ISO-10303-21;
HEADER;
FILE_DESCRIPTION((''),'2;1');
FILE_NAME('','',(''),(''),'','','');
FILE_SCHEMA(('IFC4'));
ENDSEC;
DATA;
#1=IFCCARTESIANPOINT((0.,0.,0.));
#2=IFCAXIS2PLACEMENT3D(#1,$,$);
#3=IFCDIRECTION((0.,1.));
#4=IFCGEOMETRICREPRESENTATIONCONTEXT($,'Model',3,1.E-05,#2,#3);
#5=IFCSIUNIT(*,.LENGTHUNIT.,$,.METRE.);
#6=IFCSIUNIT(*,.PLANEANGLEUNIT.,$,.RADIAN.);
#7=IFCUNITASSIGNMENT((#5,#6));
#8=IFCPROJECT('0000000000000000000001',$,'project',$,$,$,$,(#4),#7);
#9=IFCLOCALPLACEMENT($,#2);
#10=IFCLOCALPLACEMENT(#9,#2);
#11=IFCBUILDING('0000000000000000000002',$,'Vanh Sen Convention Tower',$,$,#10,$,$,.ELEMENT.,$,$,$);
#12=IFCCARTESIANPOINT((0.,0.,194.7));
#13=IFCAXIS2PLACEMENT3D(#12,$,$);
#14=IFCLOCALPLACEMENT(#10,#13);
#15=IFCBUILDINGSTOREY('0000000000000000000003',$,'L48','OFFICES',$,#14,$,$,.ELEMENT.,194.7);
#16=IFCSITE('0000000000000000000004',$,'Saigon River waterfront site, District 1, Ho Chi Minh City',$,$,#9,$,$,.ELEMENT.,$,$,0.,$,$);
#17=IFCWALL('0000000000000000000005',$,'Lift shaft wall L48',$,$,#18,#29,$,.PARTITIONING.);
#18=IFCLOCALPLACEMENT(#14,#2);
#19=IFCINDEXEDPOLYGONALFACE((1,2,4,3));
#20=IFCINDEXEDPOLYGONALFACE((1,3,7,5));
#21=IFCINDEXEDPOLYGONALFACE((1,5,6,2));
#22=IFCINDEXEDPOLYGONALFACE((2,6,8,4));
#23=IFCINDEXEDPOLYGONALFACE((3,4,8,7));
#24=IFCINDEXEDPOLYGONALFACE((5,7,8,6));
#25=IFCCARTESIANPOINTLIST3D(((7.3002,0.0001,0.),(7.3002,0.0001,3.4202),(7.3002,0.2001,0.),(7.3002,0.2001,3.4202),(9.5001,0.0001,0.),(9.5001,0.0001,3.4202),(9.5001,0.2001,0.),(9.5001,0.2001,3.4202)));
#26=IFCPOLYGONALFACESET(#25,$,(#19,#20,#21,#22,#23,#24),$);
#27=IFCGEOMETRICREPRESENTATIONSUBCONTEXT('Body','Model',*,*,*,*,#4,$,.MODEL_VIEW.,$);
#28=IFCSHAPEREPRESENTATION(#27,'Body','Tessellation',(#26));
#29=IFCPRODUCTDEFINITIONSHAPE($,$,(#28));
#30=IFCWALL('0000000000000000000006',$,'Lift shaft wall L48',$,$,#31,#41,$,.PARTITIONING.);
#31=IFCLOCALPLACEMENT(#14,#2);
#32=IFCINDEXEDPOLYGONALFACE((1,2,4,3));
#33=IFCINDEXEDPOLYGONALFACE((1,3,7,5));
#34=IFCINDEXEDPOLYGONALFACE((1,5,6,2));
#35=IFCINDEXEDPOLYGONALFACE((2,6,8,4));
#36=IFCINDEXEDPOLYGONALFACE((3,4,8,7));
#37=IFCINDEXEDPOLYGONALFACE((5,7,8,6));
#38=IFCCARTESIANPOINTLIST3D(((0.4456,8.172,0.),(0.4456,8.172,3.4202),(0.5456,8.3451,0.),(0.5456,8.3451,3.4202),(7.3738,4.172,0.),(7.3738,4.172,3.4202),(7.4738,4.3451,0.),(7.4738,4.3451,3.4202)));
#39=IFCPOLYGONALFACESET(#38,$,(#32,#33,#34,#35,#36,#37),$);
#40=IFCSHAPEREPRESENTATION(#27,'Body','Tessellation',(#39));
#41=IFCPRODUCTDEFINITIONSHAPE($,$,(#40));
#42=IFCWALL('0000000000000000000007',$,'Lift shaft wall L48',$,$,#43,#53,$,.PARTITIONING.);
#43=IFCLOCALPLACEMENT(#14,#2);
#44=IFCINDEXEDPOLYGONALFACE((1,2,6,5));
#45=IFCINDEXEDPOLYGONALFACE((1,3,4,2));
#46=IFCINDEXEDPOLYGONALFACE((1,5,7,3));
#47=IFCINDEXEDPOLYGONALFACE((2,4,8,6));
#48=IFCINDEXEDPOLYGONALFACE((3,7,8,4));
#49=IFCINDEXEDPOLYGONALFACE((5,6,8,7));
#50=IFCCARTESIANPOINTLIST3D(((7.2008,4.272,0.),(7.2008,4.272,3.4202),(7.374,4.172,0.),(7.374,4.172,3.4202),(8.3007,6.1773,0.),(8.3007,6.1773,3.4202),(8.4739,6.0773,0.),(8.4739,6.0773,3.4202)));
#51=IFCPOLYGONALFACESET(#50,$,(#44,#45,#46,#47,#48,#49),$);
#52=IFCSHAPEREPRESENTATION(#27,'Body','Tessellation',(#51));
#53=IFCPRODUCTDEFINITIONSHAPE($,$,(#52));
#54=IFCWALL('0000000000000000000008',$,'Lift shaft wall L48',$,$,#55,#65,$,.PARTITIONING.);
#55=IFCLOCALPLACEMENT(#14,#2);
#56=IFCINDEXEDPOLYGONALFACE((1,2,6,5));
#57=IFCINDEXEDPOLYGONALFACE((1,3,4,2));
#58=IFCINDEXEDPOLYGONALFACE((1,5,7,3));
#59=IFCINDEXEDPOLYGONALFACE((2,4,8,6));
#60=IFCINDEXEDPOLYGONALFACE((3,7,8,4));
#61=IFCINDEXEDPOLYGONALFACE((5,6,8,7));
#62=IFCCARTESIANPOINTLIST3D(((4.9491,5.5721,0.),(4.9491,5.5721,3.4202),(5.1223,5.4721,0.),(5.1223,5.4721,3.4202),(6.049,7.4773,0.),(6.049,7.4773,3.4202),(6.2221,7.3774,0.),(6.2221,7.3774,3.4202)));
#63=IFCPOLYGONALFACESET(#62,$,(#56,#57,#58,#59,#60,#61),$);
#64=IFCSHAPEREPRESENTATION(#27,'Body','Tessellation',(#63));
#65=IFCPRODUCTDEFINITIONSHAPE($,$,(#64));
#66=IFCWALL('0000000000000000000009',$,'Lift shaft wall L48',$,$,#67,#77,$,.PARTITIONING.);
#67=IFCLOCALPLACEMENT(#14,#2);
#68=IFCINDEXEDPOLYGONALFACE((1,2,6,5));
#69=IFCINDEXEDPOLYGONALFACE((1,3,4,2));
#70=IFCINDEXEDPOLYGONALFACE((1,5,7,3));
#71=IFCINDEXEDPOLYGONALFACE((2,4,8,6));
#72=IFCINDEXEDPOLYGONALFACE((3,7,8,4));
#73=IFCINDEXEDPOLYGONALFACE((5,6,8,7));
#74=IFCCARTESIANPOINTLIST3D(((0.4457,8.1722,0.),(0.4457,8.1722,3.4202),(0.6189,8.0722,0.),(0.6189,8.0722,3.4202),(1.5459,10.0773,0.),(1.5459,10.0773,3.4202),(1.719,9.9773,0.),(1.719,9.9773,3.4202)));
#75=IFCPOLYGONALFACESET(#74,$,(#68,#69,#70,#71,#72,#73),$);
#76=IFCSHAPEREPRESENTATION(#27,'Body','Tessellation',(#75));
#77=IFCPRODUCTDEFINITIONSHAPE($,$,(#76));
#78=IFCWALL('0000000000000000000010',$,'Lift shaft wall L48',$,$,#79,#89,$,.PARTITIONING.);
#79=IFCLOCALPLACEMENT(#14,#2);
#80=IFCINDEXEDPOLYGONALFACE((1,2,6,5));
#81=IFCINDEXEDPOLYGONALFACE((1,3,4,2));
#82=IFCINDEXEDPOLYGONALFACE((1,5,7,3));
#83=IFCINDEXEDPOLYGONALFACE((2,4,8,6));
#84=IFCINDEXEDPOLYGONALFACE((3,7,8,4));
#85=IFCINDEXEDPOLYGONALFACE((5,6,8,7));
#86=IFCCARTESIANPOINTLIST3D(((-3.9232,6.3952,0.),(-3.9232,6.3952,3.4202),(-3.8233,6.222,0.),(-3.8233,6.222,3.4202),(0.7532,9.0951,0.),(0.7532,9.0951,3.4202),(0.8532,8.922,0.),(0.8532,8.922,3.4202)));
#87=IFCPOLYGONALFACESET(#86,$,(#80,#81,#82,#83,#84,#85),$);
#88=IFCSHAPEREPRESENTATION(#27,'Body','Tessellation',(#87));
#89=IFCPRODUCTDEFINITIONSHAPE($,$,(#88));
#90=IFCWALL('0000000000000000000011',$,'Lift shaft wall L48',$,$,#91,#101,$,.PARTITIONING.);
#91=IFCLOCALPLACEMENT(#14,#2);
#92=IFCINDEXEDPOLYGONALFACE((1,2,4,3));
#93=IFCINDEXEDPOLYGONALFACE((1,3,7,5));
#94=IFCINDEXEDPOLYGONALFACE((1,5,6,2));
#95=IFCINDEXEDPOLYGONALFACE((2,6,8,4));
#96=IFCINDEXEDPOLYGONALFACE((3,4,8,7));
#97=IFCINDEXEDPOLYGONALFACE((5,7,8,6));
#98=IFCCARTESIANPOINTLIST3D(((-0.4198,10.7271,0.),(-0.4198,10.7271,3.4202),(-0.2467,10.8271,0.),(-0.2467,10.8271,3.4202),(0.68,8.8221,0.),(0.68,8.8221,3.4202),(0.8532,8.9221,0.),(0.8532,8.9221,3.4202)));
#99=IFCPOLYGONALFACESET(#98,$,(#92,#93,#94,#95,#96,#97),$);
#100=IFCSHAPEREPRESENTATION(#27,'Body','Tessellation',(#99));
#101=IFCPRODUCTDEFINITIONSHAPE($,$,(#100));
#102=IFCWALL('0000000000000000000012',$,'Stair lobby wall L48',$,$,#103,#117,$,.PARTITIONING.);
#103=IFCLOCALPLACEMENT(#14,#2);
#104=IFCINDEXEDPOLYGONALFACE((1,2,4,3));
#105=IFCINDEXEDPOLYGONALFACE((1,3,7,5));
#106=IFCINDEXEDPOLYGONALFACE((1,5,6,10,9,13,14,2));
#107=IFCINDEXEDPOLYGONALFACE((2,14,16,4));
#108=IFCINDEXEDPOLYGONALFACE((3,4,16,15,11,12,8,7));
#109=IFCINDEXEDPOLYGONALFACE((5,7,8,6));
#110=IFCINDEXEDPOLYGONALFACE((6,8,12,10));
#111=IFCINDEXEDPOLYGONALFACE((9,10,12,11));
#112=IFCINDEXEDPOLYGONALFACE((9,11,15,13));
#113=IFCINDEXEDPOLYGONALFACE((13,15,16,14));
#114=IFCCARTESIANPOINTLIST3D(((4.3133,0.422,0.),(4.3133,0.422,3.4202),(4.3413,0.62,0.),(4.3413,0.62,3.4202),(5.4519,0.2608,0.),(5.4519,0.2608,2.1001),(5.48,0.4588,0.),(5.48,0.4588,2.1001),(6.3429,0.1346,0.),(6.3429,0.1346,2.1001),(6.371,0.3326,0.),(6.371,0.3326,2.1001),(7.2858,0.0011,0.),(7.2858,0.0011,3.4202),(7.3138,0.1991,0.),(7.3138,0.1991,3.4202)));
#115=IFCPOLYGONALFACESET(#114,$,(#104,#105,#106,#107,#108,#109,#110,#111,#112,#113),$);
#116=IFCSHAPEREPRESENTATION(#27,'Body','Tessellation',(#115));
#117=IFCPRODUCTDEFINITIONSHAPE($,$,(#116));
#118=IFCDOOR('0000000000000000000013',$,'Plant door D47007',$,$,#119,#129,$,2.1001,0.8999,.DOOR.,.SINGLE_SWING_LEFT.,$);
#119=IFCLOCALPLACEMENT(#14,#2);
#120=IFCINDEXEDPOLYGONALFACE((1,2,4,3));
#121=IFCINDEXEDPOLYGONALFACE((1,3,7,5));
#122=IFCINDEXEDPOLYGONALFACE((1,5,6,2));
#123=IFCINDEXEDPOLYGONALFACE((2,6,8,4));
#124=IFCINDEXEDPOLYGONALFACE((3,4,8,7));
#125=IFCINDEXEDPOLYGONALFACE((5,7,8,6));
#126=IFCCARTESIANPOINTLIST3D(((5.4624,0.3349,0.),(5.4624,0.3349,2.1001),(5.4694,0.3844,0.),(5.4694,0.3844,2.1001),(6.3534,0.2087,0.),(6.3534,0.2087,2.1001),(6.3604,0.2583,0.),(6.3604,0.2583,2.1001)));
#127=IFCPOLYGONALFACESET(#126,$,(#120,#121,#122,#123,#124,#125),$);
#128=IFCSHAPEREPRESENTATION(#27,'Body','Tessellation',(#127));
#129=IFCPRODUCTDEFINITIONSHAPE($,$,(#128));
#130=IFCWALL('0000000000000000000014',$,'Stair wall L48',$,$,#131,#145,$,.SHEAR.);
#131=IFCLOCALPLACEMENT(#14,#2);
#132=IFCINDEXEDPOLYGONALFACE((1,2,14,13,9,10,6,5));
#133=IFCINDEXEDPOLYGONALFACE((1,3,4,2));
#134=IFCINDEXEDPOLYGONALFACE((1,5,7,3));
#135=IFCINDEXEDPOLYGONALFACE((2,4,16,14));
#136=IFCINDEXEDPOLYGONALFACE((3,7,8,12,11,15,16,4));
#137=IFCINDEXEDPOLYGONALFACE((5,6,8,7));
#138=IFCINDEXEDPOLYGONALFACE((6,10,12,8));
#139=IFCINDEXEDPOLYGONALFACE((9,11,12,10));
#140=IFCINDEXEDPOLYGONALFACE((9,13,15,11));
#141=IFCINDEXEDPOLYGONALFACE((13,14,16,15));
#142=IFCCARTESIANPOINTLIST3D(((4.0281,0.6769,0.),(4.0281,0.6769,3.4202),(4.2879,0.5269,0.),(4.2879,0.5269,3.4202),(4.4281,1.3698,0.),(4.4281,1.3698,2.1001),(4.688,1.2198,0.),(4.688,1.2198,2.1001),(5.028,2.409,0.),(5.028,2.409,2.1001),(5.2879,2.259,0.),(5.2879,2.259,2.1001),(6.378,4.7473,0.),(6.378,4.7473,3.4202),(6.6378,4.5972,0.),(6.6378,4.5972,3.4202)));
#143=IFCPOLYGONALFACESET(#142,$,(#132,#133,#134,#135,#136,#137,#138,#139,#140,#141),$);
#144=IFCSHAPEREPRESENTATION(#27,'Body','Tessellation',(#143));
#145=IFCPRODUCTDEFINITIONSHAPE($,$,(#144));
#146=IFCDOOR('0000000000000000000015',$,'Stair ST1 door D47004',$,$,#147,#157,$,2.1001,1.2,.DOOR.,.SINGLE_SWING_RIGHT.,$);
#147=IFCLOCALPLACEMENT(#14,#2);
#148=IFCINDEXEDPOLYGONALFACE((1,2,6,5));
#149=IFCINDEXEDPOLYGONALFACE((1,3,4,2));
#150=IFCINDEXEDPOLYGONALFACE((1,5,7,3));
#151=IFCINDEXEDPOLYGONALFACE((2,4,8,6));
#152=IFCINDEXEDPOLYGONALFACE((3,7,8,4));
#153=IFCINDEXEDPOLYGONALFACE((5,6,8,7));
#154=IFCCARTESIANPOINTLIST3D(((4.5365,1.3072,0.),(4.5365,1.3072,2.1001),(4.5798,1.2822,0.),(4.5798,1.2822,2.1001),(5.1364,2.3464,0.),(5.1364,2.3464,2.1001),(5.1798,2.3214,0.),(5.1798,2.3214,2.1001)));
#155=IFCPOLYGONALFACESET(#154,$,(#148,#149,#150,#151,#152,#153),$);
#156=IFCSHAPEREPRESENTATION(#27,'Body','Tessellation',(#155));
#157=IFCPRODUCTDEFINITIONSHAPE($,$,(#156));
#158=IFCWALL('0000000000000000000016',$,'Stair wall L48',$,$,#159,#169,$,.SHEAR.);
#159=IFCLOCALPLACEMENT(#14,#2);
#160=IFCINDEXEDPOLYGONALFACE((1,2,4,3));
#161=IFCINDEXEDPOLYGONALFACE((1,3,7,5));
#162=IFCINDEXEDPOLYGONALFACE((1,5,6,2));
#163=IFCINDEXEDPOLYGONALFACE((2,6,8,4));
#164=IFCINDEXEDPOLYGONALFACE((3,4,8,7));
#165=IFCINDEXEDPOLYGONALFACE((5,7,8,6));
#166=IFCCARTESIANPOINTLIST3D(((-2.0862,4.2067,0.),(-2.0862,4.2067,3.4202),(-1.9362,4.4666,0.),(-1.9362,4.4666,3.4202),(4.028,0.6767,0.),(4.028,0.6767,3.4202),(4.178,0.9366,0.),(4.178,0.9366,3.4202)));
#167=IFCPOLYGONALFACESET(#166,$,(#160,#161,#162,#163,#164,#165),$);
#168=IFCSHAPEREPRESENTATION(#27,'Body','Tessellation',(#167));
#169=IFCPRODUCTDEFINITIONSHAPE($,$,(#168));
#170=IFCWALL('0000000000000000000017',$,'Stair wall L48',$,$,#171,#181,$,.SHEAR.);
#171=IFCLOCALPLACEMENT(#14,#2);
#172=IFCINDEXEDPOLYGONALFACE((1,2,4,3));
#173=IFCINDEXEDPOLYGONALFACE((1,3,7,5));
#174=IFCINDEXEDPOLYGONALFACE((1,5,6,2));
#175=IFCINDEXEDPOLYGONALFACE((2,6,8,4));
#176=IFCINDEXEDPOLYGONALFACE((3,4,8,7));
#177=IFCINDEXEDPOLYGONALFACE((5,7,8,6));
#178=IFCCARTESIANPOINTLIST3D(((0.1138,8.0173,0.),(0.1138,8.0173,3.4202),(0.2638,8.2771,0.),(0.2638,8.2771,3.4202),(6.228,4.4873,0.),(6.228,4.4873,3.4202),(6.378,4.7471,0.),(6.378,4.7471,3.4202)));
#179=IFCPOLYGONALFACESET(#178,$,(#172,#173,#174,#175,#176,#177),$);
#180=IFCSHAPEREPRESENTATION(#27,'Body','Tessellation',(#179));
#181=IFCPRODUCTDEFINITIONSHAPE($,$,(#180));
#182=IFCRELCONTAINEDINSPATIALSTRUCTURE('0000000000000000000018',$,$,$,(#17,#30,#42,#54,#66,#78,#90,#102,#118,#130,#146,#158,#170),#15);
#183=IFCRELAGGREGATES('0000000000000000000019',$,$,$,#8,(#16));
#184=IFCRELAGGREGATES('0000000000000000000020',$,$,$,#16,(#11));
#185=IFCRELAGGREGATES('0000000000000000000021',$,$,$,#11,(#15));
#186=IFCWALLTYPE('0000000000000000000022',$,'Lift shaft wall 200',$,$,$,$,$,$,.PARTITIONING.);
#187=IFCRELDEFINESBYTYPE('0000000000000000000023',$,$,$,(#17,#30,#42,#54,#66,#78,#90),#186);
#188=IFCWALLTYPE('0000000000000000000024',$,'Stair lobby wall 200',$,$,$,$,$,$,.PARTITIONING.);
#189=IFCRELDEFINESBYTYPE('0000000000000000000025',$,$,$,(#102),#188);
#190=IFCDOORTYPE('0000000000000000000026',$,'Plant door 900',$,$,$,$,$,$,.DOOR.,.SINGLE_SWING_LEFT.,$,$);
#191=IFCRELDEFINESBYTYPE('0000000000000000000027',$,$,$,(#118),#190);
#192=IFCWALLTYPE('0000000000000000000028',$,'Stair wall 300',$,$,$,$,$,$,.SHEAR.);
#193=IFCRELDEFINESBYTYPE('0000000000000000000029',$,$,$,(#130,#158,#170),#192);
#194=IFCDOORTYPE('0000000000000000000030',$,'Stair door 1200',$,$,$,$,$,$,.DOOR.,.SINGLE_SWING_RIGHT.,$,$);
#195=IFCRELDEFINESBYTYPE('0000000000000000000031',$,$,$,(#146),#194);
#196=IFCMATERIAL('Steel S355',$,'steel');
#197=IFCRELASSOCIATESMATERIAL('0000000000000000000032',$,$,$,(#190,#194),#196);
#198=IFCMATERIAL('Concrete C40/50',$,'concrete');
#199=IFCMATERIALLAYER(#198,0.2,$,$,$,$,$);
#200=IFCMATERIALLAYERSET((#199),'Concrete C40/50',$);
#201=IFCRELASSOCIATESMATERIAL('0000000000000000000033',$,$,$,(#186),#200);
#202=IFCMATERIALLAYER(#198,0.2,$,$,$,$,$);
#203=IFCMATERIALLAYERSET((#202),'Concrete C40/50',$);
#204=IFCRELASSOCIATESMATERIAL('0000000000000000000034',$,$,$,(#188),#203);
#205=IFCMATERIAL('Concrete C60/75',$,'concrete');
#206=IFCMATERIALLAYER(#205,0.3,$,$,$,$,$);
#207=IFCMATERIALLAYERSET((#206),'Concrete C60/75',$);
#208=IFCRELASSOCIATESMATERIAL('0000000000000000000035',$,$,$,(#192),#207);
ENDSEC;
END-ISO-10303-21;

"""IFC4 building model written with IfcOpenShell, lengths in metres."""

from ifc_helpers import new_model, si_unit, direction, frame, frame_2d, origin, place, context, subcontext, project, spatial, rectangle, extrude, material, layer, layer_set, type_object, element, fill, save


model = new_model("IFC4")

# Units and contexts
model_context = context("Model", 3, precision=1e-05, world=origin(), true_north=direction((0.0, 1.0)))
body_context = subcontext(model_context, "Body", "Model", "MODEL_VIEW")
ifc_project = project(units=[si_unit("LENGTHUNIT", "METRE"), si_unit("PLANEANGLEUNIT", "RADIAN")], contexts=[model_context])

# Site, building, storey
site_placement = place(None, origin())
site = spatial("IfcSite", under=ifc_project, at=site_placement, Name="Saigon River waterfront site, District 1, Ho Chi Minh City", CompositionType="ELEMENT", RefElevation=0.0)
building_placement = place(site_placement, origin())
building = spatial("IfcBuilding", under=site, at=building_placement, Name="Vanh Sen Convention Tower", CompositionType="ELEMENT")
storey_placement = place(building_placement, frame((0.0, 0.0, 194.7)))
storey = spatial("IfcBuildingStorey", under=building, at=storey_placement, Name="L48", Description="OFFICES", CompositionType="ELEMENT", Elevation=194.7)

# Shared definitions
ifc_material_1 = material(Name="Concrete C40/50", Category="concrete")

# Shared definitions
ifc_material_2 = material(Name="Steel S355", Category="steel")
door_type_1 = type_object("IfcDoorType", Name="Plant door 900", OperationType="SINGLE_SWING_LEFT", PredefinedType="DOOR", material=ifc_material_2)

# Shared definitions
ifc_material_3 = material(Name="Concrete C60/75", Category="concrete")

# Walls
ifc_layer_1 = layer(ifc_material_1, 0.2)
ifc_layer_set_1 = layer_set([ifc_layer_1], Name="Concrete C40/50")
wall_type_1 = type_object("IfcWallType", Name="Lift shaft wall 200", PredefinedType="PARTITIONING", material=ifc_layer_set_1)
wall_1_placement = place(storey_placement, frame((7.3, 0.1001, 0.0), z_axis=(0.0, 0.0, 1.0), x_axis=(1.0, 0.0, 0.0)))
element("IfcWall", 1, at=wall_1_placement, inside=storey, type_object=wall_type_1, Name="Lift shaft wall L48", PredefinedType="PARTITIONING", context=body_context, shape_type="SweptSolid", body=[
    extrude(rectangle(XDim=2.2, YDim=0.2, at=frame_2d((1.1001, 0.0))), origin(), (0.0, 0.0, 1.0), 3.4202),
])
wall_2_placement = place(storey_placement, frame((7.4238, 4.2585, 0.0), z_axis=(0.0, 0.0, 1.0), x_axis=(-0.866026, 0.499999, 0.0)))
element("IfcWall", 2, at=wall_2_placement, inside=storey, type_object=wall_type_1, Name="Lift shaft wall L48", PredefinedType="PARTITIONING", context=body_context, shape_type="SweptSolid", body=[
    extrude(rectangle(XDim=8.0, YDim=0.2, at=frame_2d((4.0, 0.0))), origin(), (0.0, 0.0, 1.0), 3.4202),
])
for number, where, z_axis, x_axis, name in (
    (3, (7.2874, 4.2219, 0.0), (0.0, 0.0, 1.0), (0.499947, 0.866056, 0.0), "Lift shaft wall L48"),
    (4, (5.0356, 5.522, 0.0), (0.0, 0.0, 1.0), (0.499947, 0.866056, 0.0), "Lift shaft wall L48"),
    (5, (0.5322, 8.1221, 0.0), (0.0, 0.0, 1.0), (0.500078, 0.86598, 0.0), "Lift shaft wall L48"),
):
    element("IfcWall", number, at=place(storey_placement, frame(where, z_axis=z_axis, x_axis=x_axis)), inside=storey, type_object=wall_type_1, Name=name, PredefinedType="PARTITIONING", context=body_context, shape_type="SweptSolid", body=[
        extrude(rectangle(XDim=2.2, YDim=0.2, at=frame_2d((1.1001, 0.0))), origin(), (0.0, 0.0, 1.0), 3.4202),
    ])
wall_3_placement = place(storey_placement, frame((0.8032, 9.0085, 0.0), z_axis=(0.0, 0.0, 1.0), x_axis=(-0.866028, -0.499995, 0.0)))
element("IfcWall", 6, at=wall_3_placement, inside=storey, type_object=wall_type_1, Name="Lift shaft wall L48", PredefinedType="PARTITIONING", context=body_context, shape_type="SweptSolid", body=[
    extrude(rectangle(XDim=5.3999, YDim=0.2, at=frame_2d((2.7, 0.0))), origin(), (0.0, 0.0, 1.0), 3.4202),
])
wall_4_placement = place(storey_placement, frame((0.7666, 8.8721, 0.0), z_axis=(0.0, 0.0, 1.0), x_axis=(-0.499995, 0.866028, 0.0)))
element("IfcWall", 7, at=wall_4_placement, inside=storey, type_object=wall_type_1, Name="Lift shaft wall L48", PredefinedType="PARTITIONING", context=body_context, shape_type="SweptSolid", body=[
    extrude(rectangle(XDim=2.1997, YDim=0.2, at=frame_2d((1.0999, 0.0))), origin(), (0.0, 0.0, 1.0), 3.4202),
])

# Walls, openings, doors
ifc_layer_2 = layer(ifc_material_1, 0.2)
ifc_layer_set_2 = layer_set([ifc_layer_2], Name="Concrete C40/50")
wall_type_2 = type_object("IfcWallType", Name="Stair lobby wall 200", PredefinedType="PARTITIONING", material=ifc_layer_set_2)
wall_5_placement = place(storey_placement, frame((4.3274, 0.521, 0.0), z_axis=(0.0, 0.0, 1.0), x_axis=(0.990124, -0.140192, 0.0)))
wall_5 = element("IfcWall", 8, at=wall_5_placement, inside=storey, type_object=wall_type_2, Name="Stair lobby wall L48", PredefinedType="PARTITIONING", context=body_context, shape_type="SweptSolid", body=[
    extrude(rectangle(XDim=3.0022, YDim=0.2, at=frame_2d((1.501, 0.0))), origin(), (0.0, 0.0, 1.0), 3.4202),
])
opening_1_placement = place(wall_5_placement, frame((1.1499, 0.0, 0.0)))
opening_1 = element("IfcOpeningElement", 9, at=opening_1_placement, cuts=wall_5, PredefinedType="OPENING", context=body_context, shape_type="SweptSolid", body=[
    extrude(rectangle(XDim=0.8999, YDim=2.1001, at=frame_2d((0.45, 1.05))), frame((0.0, 0.1099, 0.0), z_axis=(0.0, -1.0, 0.0), x_axis=(1.0, 0.0, 0.0)), (0.0, 0.0, 1.0), 0.22),
])
door_1_placement = place(opening_1_placement, origin())
door_1 = element("IfcDoor", 10, at=door_1_placement, inside=storey, type_object=door_type_1, Name="Plant door D47007", OperationType="SINGLE_SWING_LEFT", OverallHeight=2.1001, OverallWidth=0.8999, PredefinedType="DOOR", context=body_context, shape_type="SweptSolid", body=[
    extrude(rectangle(XDim=0.8999, YDim=2.1001, at=frame_2d((0.45, 1.05))), frame((0.0, 0.0249, 0.0), z_axis=(0.0, -1.0, 0.0), x_axis=(1.0, 0.0, 0.0)), (0.0, 0.0, 1.0), 0.05),
])
fill(opening_1, door_1)
ifc_layer_3 = layer(ifc_material_3, 0.3)
ifc_layer_set_3 = layer_set([ifc_layer_3], Name="Concrete C60/75")
wall_type_3 = type_object("IfcWallType", Name="Stair wall 300", PredefinedType="SHEAR", material=ifc_layer_set_3)
wall_6_placement = place(storey_placement, frame((4.158, 0.6018, 0.0), z_axis=(0.0, 0.0, 1.0), x_axis=(0.499977, 0.866039, 0.0)))
wall_6 = element("IfcWall", 11, at=wall_6_placement, inside=storey, type_object=wall_type_3, Name="Stair wall L48", PredefinedType="SHEAR", context=body_context, shape_type="SweptSolid", body=[
    extrude(rectangle(XDim=4.7, YDim=0.3, at=frame_2d((2.3501, 0.0))), origin(), (0.0, 0.0, 1.0), 3.4202),
])
opening_2_placement = place(wall_6_placement, frame((0.8, 0.0, 0.0)))
opening_2 = element("IfcOpeningElement", 12, at=opening_2_placement, cuts=wall_6, PredefinedType="OPENING", context=body_context, shape_type="SweptSolid", body=[
    extrude(rectangle(XDim=1.2, YDim=2.1001, at=frame_2d((0.6001, 1.05))), frame((0.0, 0.1599, 0.0), z_axis=(0.0, -1.0, 0.0), x_axis=(1.0, 0.0, 0.0)), (0.0, 0.0, 1.0), 0.3201),
])
door_type_2 = type_object("IfcDoorType", Name="Stair door 1200", OperationType="SINGLE_SWING_RIGHT", PredefinedType="DOOR", material=ifc_material_2)
door_2_placement = place(opening_2_placement, origin())
door_2 = element("IfcDoor", 13, at=door_2_placement, inside=storey, type_object=door_type_2, Name="Stair ST1 door D47004", OperationType="SINGLE_SWING_RIGHT", OverallHeight=2.1001, OverallWidth=1.2, PredefinedType="DOOR", context=body_context, shape_type="SweptSolid", body=[
    extrude(rectangle(XDim=1.2, YDim=2.1001, at=frame_2d((0.6001, 1.05))), frame((0.0, 0.0249, 0.0), z_axis=(0.0, -1.0, 0.0), x_axis=(1.0, 0.0, 0.0)), (0.0, 0.0, 1.0), 0.05),
])
fill(opening_2, door_2)

# Walls
for number, where, z_axis, x_axis, name in (
    (14, (4.103, 0.8066, 0.0), (0.0, 0.0, 1.0), (-0.866028, 0.499996, 0.0), "Stair wall L48"),
    (15, (6.303, 4.6172, 0.0), (0.0, 0.0, 1.0), (-0.866028, 0.499996, 0.0), "Stair wall L48"),
):
    element("IfcWall", number, at=place(storey_placement, frame(where, z_axis=z_axis, x_axis=x_axis)), inside=storey, type_object=wall_type_3, Name=name, PredefinedType="SHEAR", context=body_context, shape_type="SweptSolid", body=[
        extrude(rectangle(XDim=7.0601, YDim=0.3, at=frame_2d((3.53, 0.0))), origin(), (0.0, 0.0, 1.0), 3.4202),
    ])

save(model, "model.ifc")
